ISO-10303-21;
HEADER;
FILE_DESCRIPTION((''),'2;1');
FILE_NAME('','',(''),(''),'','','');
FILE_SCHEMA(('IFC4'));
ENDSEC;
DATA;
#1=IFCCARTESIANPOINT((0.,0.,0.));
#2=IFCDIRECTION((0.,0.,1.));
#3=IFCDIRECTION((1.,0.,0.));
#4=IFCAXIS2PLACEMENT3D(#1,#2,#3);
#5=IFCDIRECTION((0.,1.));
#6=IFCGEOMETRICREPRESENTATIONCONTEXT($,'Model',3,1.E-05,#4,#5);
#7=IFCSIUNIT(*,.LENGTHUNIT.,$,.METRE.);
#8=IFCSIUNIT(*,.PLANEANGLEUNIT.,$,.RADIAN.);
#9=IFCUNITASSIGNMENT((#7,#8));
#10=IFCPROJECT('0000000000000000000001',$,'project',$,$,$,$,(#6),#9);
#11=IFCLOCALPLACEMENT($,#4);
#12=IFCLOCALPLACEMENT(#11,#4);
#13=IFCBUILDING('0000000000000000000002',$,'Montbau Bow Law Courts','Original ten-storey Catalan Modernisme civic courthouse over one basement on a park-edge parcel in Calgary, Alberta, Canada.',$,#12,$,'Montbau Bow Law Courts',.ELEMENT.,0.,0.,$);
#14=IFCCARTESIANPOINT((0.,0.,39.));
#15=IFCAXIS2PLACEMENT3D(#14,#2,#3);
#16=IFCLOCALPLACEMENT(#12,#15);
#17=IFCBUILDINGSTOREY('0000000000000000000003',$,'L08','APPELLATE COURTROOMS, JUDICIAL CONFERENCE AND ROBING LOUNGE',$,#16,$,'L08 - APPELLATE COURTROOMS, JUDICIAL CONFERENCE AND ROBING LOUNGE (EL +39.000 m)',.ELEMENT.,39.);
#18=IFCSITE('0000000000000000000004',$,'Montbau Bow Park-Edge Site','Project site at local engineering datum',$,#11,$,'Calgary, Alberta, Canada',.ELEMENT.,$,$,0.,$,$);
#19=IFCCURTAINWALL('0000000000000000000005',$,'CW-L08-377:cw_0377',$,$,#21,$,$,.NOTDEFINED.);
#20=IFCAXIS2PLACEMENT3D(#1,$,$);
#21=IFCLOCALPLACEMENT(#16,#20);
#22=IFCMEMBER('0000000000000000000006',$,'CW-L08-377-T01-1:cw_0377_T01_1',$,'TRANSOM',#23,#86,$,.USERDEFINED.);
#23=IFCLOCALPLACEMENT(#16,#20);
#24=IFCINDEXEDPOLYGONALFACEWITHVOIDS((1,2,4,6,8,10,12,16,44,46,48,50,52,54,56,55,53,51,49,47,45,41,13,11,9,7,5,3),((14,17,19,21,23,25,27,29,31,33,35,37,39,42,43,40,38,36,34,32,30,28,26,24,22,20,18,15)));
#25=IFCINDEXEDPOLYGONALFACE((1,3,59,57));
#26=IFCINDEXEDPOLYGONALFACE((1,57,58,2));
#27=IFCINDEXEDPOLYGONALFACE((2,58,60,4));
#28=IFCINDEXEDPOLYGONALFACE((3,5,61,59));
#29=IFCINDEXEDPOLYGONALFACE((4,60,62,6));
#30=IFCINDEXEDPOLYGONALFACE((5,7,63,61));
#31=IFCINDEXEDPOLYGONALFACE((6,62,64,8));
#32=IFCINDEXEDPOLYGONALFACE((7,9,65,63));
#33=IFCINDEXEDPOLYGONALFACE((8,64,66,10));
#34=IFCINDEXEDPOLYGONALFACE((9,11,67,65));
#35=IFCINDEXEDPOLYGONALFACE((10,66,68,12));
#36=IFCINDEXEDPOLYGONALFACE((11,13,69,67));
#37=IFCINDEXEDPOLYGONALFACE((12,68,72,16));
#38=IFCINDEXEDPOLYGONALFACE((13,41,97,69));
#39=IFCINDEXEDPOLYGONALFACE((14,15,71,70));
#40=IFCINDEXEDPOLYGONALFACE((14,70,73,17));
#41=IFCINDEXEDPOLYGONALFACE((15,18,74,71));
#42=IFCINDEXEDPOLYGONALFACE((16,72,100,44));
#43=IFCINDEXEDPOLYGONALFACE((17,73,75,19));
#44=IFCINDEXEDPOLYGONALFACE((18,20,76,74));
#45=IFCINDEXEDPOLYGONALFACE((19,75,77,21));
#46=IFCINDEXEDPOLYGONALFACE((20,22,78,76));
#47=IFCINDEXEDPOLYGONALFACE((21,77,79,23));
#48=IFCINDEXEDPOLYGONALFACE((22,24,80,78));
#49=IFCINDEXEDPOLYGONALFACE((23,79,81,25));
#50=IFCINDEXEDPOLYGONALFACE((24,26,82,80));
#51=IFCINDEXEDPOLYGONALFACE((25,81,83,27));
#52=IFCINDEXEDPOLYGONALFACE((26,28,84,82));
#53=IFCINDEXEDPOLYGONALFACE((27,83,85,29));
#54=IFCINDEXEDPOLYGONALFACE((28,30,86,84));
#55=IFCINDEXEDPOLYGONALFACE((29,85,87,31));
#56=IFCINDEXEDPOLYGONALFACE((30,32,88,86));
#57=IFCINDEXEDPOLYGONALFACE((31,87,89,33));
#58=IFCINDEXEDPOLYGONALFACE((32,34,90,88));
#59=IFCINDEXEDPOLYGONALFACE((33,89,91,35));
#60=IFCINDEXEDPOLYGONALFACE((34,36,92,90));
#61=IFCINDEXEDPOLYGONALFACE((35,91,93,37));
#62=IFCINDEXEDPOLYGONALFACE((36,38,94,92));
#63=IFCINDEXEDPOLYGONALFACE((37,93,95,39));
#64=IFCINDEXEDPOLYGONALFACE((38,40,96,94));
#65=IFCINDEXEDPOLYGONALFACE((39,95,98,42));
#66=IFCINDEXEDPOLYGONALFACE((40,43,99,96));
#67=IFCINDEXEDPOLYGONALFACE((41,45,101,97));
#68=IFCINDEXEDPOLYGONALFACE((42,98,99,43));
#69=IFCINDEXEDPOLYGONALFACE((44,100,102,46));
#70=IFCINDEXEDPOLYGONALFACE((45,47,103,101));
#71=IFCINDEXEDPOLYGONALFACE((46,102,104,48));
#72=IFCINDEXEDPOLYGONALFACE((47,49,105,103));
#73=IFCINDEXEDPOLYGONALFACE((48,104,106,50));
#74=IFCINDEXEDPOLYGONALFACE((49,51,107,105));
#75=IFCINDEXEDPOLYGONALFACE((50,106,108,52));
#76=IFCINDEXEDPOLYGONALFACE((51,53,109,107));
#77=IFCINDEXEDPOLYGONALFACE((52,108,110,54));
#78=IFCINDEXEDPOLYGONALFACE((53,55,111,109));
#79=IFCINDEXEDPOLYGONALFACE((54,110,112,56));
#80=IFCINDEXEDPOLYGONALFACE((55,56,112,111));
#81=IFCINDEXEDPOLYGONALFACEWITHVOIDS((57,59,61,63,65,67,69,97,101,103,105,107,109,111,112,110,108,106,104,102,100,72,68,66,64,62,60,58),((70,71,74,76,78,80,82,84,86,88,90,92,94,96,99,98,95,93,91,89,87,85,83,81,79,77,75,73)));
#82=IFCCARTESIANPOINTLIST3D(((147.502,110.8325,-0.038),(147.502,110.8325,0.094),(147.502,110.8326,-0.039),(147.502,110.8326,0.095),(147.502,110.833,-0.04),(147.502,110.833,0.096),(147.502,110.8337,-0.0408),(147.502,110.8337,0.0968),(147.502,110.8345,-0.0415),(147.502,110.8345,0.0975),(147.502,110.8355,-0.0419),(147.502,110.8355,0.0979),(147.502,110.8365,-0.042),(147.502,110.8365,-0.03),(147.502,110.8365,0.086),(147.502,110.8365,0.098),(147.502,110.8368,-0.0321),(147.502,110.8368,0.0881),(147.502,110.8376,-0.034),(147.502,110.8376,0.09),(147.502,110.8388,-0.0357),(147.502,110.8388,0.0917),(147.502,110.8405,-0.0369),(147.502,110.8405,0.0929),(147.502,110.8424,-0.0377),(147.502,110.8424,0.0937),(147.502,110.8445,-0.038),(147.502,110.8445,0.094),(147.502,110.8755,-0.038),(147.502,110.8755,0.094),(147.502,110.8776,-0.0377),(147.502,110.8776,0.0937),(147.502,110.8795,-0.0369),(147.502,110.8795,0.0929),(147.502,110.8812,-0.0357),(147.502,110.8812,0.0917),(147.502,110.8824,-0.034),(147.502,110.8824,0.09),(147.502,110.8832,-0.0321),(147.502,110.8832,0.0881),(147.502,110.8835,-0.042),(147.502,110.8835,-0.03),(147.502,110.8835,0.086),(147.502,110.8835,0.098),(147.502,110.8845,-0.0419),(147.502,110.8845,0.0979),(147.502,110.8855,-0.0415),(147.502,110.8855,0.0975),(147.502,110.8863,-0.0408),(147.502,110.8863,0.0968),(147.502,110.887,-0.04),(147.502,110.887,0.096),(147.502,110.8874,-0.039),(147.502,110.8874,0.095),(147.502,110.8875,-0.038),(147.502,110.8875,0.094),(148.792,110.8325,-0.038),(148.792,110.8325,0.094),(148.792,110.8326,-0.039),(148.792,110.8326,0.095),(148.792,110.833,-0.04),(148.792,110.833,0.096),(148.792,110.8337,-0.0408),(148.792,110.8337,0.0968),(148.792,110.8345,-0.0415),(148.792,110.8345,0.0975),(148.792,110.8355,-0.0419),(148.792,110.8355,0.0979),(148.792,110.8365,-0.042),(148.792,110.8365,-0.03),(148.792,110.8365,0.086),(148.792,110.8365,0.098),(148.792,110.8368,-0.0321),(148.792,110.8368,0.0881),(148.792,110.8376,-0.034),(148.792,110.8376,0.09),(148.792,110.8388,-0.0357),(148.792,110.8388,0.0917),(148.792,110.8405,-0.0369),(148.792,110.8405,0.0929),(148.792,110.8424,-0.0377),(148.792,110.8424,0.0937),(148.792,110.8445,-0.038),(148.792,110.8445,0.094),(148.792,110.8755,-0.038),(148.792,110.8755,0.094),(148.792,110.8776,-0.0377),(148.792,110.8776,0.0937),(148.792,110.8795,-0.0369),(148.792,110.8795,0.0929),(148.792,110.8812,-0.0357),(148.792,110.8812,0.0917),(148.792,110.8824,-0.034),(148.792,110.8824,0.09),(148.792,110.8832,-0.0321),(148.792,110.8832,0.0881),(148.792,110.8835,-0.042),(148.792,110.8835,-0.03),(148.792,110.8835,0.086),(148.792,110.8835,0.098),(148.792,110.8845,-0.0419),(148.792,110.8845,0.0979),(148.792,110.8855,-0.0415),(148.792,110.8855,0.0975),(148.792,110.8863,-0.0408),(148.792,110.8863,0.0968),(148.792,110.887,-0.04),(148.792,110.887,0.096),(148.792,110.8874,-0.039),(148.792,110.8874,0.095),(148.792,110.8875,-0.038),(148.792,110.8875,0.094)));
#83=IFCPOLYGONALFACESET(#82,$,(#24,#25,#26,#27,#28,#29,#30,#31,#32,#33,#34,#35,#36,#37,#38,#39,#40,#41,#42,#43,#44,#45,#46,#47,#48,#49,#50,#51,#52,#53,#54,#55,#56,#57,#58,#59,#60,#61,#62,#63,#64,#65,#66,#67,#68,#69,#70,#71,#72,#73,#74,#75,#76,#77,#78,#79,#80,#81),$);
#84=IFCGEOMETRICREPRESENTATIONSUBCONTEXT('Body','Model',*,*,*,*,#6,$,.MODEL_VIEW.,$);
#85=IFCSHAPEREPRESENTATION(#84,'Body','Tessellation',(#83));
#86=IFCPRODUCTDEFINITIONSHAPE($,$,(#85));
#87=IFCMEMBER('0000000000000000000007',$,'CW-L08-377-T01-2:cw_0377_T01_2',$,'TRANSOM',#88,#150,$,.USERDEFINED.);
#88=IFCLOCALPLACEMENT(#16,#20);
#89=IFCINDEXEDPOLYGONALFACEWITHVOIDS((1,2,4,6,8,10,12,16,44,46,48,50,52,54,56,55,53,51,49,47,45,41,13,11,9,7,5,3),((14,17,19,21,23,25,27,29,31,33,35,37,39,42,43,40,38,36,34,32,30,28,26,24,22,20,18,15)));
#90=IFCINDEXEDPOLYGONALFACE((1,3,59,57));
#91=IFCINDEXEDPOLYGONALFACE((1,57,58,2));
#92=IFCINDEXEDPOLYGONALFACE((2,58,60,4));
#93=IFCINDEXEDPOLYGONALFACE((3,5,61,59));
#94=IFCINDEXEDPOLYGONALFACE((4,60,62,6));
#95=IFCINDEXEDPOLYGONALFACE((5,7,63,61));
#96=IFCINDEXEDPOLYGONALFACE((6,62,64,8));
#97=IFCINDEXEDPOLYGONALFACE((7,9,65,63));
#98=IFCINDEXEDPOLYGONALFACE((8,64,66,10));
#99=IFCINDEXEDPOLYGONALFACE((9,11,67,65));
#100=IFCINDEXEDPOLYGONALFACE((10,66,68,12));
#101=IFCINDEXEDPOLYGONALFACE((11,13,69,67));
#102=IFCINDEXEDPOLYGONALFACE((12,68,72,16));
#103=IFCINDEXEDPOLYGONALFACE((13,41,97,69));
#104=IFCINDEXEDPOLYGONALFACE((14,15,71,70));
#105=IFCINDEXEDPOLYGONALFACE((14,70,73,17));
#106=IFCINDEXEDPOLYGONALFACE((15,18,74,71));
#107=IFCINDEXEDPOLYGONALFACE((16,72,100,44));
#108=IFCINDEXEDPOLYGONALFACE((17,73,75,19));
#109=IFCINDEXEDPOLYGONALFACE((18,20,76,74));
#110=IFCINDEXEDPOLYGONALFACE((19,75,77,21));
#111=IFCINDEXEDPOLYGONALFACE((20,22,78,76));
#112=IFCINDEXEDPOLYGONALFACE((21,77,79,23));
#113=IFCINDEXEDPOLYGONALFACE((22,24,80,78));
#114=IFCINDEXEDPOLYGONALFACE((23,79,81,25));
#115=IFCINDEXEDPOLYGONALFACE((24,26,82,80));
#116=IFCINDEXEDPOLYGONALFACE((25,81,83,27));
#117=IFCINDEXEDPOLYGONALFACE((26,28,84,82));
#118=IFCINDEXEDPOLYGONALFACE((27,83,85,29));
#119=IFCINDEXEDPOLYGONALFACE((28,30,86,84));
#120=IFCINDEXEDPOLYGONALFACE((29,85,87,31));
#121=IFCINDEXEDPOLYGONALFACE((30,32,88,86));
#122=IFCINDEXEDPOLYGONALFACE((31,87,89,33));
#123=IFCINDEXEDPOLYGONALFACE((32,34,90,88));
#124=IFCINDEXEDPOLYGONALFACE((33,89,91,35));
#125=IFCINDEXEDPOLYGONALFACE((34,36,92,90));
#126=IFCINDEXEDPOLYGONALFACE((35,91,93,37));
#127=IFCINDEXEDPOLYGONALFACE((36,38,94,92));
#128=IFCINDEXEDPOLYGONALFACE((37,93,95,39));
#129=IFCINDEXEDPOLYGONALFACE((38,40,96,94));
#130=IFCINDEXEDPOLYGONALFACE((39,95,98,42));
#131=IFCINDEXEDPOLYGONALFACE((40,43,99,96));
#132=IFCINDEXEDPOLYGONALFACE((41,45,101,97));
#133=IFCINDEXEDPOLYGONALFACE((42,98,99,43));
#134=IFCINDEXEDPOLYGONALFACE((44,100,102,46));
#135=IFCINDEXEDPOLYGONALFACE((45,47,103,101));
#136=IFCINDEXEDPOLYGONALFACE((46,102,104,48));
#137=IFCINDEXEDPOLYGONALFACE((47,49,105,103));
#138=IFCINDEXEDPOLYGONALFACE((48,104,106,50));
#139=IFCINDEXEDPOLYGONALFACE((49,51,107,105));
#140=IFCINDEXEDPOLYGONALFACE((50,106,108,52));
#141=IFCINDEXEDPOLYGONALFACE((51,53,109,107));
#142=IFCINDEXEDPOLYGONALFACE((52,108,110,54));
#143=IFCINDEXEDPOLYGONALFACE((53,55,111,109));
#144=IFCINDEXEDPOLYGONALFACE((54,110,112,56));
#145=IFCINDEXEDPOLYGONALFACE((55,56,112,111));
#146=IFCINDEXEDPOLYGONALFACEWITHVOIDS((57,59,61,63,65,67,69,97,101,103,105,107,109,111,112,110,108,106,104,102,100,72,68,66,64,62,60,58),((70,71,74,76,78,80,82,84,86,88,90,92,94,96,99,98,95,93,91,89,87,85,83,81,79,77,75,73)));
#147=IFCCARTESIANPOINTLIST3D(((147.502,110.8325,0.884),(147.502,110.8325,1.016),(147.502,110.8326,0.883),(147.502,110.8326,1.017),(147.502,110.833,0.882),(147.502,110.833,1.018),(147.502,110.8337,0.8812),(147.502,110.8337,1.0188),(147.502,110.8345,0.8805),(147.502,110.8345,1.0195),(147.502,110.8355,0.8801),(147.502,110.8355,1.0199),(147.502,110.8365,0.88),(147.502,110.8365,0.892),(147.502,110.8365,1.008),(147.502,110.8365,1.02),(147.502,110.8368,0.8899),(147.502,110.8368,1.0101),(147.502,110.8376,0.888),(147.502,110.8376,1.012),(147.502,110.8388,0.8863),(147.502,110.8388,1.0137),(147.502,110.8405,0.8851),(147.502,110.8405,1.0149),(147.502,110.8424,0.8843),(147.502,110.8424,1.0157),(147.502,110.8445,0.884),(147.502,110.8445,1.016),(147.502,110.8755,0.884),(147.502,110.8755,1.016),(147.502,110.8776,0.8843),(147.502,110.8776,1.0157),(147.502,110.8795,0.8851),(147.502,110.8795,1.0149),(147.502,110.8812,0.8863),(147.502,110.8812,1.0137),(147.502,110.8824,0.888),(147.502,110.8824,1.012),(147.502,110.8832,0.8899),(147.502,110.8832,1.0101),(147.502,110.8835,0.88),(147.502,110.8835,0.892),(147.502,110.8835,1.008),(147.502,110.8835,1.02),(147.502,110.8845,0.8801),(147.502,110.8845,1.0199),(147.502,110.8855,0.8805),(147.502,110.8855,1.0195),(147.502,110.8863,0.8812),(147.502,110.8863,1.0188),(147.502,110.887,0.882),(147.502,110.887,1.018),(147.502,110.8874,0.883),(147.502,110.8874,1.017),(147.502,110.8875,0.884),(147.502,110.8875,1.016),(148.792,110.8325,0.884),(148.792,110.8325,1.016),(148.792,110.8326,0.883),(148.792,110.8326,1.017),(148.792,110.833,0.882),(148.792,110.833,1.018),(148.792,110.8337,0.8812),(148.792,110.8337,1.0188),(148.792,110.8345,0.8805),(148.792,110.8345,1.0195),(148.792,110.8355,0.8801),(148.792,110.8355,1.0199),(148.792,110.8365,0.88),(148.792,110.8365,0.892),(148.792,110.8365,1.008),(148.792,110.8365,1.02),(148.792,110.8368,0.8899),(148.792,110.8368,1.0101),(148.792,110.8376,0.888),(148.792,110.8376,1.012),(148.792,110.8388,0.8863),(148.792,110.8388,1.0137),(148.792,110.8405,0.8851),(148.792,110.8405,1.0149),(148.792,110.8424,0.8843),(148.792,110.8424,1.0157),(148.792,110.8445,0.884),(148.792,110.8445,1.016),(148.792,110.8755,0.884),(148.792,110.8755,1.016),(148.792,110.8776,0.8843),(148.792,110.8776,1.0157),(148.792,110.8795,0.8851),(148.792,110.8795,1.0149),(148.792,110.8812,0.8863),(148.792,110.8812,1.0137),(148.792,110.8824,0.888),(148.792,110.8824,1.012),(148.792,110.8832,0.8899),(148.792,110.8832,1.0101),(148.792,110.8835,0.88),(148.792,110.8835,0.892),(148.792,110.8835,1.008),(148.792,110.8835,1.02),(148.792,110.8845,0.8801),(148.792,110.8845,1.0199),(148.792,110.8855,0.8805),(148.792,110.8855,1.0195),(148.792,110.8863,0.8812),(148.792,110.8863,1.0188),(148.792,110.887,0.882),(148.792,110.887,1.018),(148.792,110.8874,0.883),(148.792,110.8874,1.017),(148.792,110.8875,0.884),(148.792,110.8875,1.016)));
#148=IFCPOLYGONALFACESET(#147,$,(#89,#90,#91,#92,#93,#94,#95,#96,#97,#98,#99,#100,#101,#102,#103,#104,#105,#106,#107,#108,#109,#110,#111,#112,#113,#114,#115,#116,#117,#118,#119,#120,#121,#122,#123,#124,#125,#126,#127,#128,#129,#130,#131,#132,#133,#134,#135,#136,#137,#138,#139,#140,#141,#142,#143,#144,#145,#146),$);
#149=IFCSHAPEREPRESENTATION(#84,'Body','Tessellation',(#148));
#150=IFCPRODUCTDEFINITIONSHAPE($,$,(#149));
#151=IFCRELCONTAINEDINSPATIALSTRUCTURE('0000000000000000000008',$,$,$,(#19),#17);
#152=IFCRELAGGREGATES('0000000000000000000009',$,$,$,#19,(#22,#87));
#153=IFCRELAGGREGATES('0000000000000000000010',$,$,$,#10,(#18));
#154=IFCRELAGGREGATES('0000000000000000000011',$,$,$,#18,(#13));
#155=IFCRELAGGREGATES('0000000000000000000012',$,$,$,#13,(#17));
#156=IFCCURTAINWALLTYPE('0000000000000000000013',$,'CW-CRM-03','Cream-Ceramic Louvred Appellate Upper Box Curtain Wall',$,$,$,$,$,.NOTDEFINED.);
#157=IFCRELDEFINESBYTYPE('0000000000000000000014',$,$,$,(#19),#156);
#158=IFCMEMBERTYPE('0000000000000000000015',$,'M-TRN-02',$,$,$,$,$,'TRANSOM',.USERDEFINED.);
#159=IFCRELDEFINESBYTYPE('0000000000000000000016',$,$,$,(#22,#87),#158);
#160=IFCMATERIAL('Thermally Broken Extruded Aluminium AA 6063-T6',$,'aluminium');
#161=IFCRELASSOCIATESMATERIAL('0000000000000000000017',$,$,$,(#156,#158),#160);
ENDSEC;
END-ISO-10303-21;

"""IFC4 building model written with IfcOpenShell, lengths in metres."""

from ifc_helpers import new_model, si_unit, direction, frame, origin_with_axes, origin_2d_with_axis, place, context, subcontext, project, spatial, hollow_rectangle, extrude, material, material_profile, profile_set, type_object, element, aggregate, save


model = new_model("IFC4")

# Units and contexts
model_context = context("Model", 3, precision=1e-05, world=origin_with_axes(), true_north=direction((0.0, 1.0)))
body_context = subcontext(model_context, "Body", "Model", "MODEL_VIEW")
ifc_project = project(units=[si_unit("LENGTHUNIT", "METRE"), si_unit("PLANEANGLEUNIT", "RADIAN")], contexts=[model_context])

# Site, building, storey
site_placement = place(None, origin_with_axes())
site = spatial("IfcSite", under=ifc_project, at=site_placement, Name="Montbau Bow Park-Edge Site", Description="Project site at local engineering datum", LongName="Calgary, Alberta, Canada", CompositionType="ELEMENT", RefElevation=0.0)
building_placement = place(site_placement, origin_with_axes())
building = spatial("IfcBuilding", under=site, at=building_placement, Name="Montbau Bow Law Courts", Description="Original ten-storey Catalan Modernisme civic courthouse over one basement on a park-edge parcel in Calgary, Alberta, Canada.", LongName="Montbau Bow Law Courts", CompositionType="ELEMENT", ElevationOfRefHeight=0.0, ElevationOfTerrain=0.0)
storey_placement = place(building_placement, frame((0.0, 0.0, 39.0), z_axis=(0.0, 0.0, 1.0), x_axis=(1.0, 0.0, 0.0)))
storey = spatial("IfcBuildingStorey", under=building, at=storey_placement, Name="L08", Description="APPELLATE COURTROOMS, JUDICIAL CONFERENCE AND ROBING LOUNGE", LongName="L08 - APPELLATE COURTROOMS, JUDICIAL CONFERENCE AND ROBING LOUNGE (EL +39.000 m)", CompositionType="ELEMENT", Elevation=39.0)

# Shared definitions
ifc_material_1 = material(Name="Thermally Broken Extruded Aluminium AA 6063-T6", Category="aluminium")
curtain_wall_type = type_object("IfcCurtainWallType", Name="CW-CRM-03", Description="Cream-Ceramic Louvred Appellate Upper Box Curtain Wall", PredefinedType="NOTDEFINED", material=ifc_material_1)

# Curtain wall
curtain_wall_1_placement = place(None, frame((147.44, 110.86, 39.0), z_axis=(0.0, 0.0, 1.0), x_axis=(1.0, 0.0, 0.0)))
curtain_wall_1 = element("IfcCurtainWall", 1, at=curtain_wall_1_placement, inside=storey, type_object=curtain_wall_type, Name="CW-L08-377:cw_0377", PredefinedType="NOTDEFINED")

# Members
ifc_material_profile_1 = material_profile(ifc_material_1, hollow_rectangle(XDim=0.055, YDim=0.14, WallThickness=0.004, InnerFilletRadius=0.008, OuterFilletRadius=0.004, at=origin_2d_with_axis()), Name="CWT-140X55", Category="Main", Priority=0)
ifc_profile_set_1 = profile_set([ifc_material_profile_1], Name="Thermally Broken Extruded Aluminium AA 6063-T6")
member_type_1 = type_object("IfcMemberType", Name="M-TRN-02", ElementType="TRANSOM", PredefinedType="USERDEFINED", material=ifc_profile_set_1)
member_1_placement = place(None, frame((147.502, 110.86, 39.028), z_axis=(1.0, 0.0, 0.0), x_axis=(0.0, 1.0, 0.0)))
member_1 = element("IfcMember", 2, at=member_1_placement, type_object=member_type_1, Name="CW-L08-377-T01-1:cw_0377_T01_1", ObjectType="TRANSOM", PredefinedType="USERDEFINED", context=body_context, shape_type="SweptSolid", body=[
    extrude(hollow_rectangle(XDim=0.055, YDim=0.14, WallThickness=0.004, InnerFilletRadius=0.008, OuterFilletRadius=0.004, at=origin_2d_with_axis()), origin_with_axes(), (0.0, 0.0, 1.0), 1.29),
])
member_2_placement = place(None, frame((147.502, 110.86, 39.95), z_axis=(1.0, 0.0, 0.0), x_axis=(0.0, 1.0, 0.0)))
member_2 = element("IfcMember", 3, at=member_2_placement, type_object=member_type_1, Name="CW-L08-377-T01-2:cw_0377_T01_2", ObjectType="TRANSOM", PredefinedType="USERDEFINED", context=body_context, shape_type="SweptSolid", body=[
    extrude(hollow_rectangle(XDim=0.055, YDim=0.14, WallThickness=0.004, InnerFilletRadius=0.008, OuterFilletRadius=0.004, at=origin_2d_with_axis()), origin_with_axes(), (0.0, 0.0, 1.0), 1.29),
])

aggregate(curtain_wall_1, [member_1, member_2])

save(model, "model.ifc")
